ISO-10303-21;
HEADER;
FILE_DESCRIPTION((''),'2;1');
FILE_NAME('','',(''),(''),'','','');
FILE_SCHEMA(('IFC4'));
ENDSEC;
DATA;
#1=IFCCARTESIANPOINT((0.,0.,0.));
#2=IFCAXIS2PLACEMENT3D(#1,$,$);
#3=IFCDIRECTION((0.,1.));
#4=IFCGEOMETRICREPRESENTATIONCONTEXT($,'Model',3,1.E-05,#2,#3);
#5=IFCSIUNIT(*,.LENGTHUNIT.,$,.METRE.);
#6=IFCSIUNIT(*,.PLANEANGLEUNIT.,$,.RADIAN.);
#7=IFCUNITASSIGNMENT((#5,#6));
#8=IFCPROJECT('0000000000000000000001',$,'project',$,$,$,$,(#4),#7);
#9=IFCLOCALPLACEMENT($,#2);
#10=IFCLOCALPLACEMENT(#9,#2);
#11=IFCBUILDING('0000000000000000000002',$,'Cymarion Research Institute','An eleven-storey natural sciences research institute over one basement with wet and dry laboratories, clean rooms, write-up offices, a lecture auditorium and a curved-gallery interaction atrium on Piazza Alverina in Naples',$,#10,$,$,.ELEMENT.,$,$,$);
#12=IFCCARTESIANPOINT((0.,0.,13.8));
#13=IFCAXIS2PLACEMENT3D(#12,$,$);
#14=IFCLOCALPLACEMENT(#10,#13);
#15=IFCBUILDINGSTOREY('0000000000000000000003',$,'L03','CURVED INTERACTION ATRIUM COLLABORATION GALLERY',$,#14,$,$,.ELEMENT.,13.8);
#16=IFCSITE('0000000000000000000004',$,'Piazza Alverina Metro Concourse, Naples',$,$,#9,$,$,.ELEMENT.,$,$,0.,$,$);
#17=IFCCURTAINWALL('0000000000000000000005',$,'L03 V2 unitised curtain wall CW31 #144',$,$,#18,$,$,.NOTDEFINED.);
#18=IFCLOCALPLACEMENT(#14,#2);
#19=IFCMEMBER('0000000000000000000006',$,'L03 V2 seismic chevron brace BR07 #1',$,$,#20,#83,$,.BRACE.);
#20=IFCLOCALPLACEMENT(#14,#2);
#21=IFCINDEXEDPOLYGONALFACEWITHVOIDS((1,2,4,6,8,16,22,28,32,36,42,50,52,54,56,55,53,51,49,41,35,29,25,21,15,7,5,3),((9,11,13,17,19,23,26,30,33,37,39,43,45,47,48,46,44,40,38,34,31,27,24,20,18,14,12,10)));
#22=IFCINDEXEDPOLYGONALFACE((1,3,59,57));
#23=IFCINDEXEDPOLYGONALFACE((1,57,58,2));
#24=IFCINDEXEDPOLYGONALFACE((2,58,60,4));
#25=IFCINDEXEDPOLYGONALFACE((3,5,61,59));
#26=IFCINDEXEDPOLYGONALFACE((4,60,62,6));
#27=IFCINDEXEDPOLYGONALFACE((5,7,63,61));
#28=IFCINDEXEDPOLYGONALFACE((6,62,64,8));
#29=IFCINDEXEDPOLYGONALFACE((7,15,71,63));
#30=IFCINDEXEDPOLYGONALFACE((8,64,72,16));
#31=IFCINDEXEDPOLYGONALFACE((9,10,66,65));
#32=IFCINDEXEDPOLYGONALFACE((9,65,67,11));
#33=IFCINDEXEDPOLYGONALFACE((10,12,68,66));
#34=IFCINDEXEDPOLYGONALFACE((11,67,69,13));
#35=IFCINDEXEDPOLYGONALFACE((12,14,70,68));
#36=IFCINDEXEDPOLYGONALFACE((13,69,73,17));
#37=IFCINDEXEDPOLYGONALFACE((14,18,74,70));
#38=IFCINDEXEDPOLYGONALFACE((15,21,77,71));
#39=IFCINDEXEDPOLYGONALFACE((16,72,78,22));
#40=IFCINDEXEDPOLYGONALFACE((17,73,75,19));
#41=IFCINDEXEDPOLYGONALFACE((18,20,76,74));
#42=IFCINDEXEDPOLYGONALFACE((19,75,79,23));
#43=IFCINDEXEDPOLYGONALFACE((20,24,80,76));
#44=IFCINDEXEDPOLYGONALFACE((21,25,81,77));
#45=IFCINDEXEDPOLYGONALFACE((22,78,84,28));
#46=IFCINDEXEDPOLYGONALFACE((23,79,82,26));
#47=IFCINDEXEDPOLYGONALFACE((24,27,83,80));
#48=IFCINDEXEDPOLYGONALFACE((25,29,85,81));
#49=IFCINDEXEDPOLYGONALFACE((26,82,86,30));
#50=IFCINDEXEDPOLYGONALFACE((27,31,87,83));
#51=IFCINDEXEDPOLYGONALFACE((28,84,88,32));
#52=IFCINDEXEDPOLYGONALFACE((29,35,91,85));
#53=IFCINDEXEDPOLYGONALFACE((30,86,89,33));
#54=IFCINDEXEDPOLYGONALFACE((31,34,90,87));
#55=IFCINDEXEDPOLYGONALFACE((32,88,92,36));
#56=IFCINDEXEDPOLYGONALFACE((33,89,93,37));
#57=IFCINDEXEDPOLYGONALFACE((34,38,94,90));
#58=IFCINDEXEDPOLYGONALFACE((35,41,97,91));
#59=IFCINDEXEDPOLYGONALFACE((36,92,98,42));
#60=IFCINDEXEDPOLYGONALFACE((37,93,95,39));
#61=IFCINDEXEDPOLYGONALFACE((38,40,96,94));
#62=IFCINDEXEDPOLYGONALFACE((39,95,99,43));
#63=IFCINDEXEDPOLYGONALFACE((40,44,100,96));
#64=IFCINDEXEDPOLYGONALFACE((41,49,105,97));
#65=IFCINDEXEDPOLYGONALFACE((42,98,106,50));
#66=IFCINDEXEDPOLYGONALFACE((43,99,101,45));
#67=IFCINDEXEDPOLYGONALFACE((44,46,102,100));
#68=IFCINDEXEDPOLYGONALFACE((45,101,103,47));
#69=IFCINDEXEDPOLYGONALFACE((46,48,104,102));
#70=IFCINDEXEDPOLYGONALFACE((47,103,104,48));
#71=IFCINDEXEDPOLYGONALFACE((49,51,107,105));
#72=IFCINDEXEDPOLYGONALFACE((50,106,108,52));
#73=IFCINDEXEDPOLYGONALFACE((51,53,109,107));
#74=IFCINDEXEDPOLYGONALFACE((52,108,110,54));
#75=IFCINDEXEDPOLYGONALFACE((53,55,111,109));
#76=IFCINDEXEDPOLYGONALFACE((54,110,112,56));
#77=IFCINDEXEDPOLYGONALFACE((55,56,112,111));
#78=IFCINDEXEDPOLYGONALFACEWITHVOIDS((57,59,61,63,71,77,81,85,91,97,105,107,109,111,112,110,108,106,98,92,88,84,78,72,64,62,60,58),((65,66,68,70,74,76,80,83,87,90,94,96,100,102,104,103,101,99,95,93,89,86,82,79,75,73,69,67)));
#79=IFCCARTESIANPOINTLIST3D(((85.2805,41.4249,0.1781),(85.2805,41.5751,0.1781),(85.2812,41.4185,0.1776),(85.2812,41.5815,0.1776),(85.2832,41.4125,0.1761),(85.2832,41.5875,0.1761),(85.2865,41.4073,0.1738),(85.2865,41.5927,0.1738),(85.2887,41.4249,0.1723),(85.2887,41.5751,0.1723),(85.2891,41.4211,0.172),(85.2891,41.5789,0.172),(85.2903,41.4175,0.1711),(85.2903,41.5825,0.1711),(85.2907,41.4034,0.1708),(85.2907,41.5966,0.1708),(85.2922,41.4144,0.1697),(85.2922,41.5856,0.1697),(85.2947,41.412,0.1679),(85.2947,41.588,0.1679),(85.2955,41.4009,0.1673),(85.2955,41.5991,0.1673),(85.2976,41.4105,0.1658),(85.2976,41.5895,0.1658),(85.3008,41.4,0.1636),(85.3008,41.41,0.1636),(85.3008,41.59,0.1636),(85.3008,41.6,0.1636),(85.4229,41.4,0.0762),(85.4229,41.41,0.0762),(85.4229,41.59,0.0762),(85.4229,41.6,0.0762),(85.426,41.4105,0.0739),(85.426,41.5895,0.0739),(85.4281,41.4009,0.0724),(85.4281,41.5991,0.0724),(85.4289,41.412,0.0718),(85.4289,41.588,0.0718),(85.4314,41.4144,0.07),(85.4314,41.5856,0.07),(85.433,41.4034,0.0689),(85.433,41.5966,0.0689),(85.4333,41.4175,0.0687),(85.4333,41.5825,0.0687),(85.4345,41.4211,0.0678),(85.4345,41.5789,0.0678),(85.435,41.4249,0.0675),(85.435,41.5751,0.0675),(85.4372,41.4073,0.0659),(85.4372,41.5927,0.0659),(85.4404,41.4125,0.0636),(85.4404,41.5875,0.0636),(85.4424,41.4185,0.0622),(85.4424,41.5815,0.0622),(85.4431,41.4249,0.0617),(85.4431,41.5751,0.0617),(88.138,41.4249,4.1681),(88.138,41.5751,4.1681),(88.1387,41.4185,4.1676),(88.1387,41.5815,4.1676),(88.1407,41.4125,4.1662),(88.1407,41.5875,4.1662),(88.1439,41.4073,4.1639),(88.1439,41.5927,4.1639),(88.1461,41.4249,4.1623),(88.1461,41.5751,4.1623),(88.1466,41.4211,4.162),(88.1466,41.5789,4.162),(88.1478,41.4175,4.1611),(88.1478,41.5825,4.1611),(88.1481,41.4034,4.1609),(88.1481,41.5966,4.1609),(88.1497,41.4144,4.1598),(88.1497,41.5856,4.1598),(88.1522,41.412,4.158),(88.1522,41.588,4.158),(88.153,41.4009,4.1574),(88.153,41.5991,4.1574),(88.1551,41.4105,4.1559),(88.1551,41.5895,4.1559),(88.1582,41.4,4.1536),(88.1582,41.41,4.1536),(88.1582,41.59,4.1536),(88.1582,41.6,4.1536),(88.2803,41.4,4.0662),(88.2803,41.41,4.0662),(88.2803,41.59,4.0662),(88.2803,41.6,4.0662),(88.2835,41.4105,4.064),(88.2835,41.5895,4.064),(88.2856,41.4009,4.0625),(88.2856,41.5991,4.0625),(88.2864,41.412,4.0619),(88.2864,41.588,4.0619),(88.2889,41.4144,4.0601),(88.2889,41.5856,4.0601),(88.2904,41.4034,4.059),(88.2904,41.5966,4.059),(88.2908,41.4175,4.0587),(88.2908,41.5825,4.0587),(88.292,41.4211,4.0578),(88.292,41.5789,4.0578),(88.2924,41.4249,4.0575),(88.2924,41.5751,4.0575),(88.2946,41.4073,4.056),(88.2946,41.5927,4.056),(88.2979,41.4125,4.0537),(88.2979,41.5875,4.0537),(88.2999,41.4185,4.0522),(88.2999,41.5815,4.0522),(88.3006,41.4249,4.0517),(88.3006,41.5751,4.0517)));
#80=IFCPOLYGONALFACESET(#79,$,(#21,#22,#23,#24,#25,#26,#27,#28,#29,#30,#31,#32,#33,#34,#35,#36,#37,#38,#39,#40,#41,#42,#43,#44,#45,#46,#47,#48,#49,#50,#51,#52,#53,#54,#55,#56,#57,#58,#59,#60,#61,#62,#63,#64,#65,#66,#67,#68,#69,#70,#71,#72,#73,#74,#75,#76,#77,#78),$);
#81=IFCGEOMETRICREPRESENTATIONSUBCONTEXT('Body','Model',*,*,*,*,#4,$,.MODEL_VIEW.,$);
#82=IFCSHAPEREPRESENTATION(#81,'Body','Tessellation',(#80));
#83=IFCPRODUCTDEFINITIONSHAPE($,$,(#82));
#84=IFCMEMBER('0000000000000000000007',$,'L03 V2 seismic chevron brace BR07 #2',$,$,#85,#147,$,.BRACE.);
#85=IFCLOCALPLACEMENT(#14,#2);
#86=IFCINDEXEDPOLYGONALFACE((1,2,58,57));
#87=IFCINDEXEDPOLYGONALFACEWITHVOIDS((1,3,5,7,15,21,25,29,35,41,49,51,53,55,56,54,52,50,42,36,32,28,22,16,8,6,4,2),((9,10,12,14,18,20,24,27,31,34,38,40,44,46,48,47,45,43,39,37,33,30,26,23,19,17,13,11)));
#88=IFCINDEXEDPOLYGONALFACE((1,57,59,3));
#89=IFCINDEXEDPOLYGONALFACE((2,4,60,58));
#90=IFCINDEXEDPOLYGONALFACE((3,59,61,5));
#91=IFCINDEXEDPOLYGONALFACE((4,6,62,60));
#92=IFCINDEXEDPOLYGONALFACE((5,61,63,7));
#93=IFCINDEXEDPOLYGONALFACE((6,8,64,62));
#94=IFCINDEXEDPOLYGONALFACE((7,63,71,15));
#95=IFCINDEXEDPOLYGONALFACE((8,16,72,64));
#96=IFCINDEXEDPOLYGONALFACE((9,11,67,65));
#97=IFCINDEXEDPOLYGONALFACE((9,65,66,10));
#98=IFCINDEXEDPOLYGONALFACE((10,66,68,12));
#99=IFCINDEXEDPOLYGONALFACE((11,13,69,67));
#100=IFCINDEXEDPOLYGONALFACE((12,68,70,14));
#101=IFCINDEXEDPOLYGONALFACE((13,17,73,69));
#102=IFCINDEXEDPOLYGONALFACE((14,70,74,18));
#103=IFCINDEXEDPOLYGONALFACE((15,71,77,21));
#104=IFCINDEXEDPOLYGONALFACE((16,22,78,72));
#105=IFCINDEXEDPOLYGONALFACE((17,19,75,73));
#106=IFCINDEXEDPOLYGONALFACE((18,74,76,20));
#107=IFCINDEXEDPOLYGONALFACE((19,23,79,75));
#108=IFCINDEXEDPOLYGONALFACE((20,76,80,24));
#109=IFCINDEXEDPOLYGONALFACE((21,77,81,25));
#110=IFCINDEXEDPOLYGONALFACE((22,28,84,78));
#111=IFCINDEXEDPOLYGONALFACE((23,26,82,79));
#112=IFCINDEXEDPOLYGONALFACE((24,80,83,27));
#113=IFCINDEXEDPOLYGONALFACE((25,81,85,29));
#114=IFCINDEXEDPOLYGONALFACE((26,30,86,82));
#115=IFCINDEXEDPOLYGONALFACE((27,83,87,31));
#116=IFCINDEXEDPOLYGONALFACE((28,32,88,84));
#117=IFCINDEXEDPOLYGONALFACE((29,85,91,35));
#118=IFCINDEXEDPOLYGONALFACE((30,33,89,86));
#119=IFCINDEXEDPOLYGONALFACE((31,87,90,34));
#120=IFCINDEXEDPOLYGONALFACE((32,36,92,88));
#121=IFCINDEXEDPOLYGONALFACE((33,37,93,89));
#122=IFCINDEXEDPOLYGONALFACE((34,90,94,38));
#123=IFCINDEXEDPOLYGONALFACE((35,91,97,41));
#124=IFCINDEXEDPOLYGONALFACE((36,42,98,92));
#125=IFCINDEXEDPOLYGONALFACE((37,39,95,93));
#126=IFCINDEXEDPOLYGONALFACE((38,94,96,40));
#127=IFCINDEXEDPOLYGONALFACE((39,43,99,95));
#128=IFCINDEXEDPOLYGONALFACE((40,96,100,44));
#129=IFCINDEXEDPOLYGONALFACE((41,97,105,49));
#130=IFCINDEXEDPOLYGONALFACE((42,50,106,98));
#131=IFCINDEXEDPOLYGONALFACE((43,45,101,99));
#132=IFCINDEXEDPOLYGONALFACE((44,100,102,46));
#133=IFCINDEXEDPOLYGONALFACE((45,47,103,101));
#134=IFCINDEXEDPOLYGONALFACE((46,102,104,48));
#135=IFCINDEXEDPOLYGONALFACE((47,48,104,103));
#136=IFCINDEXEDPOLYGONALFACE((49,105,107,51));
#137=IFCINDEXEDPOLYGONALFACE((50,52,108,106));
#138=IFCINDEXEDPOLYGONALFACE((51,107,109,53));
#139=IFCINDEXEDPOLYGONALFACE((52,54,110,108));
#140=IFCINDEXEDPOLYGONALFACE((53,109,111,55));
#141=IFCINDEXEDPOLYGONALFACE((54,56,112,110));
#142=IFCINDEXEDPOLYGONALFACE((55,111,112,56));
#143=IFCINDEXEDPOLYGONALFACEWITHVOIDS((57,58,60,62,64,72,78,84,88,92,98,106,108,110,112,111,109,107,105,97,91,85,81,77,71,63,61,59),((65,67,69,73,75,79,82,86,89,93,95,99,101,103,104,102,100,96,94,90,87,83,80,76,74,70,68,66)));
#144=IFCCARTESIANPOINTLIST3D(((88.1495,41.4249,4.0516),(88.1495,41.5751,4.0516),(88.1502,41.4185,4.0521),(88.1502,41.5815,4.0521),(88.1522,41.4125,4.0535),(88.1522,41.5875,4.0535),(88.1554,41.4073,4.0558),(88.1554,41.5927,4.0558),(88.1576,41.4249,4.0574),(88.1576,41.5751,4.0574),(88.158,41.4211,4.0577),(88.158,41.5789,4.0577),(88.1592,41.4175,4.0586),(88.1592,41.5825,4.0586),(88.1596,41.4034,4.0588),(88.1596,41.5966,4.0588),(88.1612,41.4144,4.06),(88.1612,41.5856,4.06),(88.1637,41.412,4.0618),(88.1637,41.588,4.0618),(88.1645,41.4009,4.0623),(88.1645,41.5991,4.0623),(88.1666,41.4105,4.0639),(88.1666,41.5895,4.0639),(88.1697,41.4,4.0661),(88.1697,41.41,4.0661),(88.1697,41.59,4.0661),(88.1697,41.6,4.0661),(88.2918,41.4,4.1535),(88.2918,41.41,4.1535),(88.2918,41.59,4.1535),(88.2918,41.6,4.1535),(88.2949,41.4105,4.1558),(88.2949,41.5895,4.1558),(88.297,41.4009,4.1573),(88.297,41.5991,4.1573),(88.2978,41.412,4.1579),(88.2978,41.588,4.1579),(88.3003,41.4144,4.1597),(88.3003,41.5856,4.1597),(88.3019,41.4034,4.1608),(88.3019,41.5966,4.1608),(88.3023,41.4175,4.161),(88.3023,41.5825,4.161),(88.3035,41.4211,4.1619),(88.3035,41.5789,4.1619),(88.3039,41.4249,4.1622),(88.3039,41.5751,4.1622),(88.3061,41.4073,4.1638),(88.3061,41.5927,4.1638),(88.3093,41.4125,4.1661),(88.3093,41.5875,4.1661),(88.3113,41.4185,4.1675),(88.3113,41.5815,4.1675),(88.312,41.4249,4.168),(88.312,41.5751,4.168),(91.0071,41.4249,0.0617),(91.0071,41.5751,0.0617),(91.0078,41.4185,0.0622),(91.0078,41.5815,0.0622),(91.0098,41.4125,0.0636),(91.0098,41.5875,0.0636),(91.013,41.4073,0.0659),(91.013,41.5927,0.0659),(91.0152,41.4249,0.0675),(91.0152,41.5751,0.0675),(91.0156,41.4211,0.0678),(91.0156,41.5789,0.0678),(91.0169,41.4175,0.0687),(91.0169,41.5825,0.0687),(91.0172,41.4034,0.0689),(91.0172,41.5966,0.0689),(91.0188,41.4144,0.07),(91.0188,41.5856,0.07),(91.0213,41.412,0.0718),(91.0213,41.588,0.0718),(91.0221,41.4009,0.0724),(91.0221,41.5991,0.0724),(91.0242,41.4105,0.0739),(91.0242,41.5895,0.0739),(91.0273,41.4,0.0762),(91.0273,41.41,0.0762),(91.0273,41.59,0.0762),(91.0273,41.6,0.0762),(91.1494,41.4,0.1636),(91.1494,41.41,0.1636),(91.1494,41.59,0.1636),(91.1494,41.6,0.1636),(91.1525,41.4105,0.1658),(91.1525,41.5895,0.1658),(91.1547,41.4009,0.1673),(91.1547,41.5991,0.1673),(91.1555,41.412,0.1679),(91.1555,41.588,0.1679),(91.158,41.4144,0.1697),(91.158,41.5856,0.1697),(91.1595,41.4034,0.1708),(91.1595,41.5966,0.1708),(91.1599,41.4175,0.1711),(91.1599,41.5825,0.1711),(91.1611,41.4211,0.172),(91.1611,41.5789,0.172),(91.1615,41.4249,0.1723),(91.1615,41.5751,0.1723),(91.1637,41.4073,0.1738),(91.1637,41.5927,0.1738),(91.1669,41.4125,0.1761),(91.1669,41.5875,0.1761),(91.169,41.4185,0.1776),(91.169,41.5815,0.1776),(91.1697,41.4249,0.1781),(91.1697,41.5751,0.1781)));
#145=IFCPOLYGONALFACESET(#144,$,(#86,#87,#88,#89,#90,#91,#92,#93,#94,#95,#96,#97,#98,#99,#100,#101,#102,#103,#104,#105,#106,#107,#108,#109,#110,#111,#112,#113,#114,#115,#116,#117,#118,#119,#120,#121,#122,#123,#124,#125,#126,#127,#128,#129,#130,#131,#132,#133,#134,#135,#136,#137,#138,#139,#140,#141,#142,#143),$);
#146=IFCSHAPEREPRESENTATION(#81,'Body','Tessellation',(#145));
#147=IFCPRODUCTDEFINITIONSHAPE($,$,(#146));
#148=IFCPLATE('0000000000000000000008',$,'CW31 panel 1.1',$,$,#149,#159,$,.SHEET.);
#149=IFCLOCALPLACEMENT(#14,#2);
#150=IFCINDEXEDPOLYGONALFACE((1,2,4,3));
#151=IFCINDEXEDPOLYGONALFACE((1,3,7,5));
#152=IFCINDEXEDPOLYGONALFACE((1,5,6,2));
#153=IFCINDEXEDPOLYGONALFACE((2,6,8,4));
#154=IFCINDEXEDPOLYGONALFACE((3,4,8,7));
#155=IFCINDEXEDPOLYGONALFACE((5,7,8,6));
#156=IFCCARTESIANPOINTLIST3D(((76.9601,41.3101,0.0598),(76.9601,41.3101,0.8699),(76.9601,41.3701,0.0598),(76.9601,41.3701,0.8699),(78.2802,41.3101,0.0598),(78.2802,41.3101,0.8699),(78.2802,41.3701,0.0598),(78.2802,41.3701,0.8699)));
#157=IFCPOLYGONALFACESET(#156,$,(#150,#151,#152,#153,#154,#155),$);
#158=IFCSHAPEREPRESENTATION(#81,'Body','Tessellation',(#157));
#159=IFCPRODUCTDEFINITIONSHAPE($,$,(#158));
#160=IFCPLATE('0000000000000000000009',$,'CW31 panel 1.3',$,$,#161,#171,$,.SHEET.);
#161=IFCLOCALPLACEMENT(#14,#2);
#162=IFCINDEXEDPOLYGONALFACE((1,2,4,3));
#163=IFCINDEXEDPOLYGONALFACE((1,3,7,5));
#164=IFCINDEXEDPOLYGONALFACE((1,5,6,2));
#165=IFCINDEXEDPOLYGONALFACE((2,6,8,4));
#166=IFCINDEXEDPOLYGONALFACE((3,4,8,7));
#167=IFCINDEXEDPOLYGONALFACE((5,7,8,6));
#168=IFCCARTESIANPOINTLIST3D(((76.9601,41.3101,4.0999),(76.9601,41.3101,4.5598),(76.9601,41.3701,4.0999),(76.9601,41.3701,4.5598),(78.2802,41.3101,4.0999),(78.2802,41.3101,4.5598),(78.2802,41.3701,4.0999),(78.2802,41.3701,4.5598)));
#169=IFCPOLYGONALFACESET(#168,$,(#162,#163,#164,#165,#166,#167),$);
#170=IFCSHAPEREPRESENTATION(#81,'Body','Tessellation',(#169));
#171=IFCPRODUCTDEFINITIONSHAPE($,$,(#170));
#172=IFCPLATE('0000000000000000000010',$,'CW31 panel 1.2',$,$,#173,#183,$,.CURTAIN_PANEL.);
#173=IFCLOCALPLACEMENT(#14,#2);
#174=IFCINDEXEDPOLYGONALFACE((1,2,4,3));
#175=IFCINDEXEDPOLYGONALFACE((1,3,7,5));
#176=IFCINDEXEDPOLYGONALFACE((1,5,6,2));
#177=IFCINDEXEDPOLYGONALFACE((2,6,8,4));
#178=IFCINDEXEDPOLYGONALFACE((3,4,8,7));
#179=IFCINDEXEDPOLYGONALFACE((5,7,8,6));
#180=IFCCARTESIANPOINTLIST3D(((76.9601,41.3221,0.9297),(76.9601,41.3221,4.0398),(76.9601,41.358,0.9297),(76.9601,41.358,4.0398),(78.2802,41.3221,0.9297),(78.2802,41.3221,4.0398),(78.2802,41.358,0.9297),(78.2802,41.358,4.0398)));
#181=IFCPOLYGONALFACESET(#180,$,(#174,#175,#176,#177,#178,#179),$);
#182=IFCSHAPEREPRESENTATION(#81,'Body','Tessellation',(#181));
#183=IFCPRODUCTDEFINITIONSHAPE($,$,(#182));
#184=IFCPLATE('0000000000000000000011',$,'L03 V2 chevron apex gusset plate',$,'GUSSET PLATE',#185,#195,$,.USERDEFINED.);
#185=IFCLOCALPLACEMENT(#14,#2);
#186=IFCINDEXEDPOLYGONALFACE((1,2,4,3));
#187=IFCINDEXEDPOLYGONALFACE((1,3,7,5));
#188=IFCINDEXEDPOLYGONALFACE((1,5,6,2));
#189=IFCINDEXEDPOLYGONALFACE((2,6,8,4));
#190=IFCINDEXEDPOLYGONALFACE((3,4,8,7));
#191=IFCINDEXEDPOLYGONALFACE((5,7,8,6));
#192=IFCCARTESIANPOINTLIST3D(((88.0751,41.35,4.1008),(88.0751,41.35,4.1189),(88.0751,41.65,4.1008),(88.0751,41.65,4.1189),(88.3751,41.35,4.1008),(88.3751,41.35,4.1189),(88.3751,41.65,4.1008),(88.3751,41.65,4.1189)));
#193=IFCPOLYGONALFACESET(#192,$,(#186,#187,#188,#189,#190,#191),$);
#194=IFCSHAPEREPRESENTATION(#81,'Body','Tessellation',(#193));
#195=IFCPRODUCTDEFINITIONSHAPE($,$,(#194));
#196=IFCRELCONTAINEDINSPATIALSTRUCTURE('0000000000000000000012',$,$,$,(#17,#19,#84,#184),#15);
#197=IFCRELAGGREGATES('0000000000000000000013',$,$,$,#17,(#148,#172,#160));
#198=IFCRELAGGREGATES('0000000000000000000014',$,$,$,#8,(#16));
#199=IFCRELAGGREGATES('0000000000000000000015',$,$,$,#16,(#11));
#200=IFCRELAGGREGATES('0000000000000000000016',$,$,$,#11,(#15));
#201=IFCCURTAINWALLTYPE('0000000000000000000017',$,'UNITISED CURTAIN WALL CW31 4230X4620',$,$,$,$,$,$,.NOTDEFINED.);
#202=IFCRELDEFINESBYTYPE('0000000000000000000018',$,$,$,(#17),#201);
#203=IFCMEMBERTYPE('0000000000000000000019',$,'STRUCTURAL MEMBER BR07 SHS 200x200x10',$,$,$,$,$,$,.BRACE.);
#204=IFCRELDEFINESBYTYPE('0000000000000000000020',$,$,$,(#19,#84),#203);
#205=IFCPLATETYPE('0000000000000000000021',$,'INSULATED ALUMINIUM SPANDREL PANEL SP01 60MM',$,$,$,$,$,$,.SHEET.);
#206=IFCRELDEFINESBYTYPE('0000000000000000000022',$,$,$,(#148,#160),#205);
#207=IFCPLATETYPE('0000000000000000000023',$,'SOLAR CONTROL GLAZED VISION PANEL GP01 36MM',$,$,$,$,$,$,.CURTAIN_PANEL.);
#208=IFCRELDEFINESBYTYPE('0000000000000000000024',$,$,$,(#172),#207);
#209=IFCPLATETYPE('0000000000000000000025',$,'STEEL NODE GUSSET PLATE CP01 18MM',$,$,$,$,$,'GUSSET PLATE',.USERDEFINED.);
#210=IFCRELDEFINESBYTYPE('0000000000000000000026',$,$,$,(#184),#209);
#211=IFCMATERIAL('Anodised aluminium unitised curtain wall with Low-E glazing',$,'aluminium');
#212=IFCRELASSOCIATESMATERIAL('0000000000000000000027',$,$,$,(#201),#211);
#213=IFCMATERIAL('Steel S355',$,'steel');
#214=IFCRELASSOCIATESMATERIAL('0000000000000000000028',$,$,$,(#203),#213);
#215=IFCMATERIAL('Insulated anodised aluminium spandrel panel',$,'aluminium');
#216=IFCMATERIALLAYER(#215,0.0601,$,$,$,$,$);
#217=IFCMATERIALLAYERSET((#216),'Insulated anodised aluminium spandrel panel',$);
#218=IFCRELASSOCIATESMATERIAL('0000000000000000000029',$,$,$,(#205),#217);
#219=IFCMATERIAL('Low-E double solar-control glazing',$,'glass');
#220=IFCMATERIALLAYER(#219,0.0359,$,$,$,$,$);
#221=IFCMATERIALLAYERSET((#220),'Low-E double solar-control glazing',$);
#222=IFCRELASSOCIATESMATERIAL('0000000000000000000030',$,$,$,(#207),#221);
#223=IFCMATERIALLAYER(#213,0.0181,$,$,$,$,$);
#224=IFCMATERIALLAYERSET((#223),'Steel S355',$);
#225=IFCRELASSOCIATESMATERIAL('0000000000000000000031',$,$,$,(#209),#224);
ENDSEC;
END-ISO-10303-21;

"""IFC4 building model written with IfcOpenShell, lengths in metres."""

from ifc_helpers import new_model, si_unit, direction, frame, origin, origin_2d, place, context, subcontext, project, spatial, rectangle, hollow_rectangle, extrude, material, layer, layer_set, material_profile, profile_set, type_object, element, aggregate, save


model = new_model("IFC4")

# Units and contexts
model_context = context("Model", 3, precision=1e-05, world=origin(), true_north=direction((0.0, 1.0)))
body_context = subcontext(model_context, "Body", "Model", "MODEL_VIEW")
ifc_project = project(units=[si_unit("LENGTHUNIT", "METRE"), si_unit("PLANEANGLEUNIT", "RADIAN")], contexts=[model_context])

# Site, building, storey
site_placement = place(None, origin())
site = spatial("IfcSite", under=ifc_project, at=site_placement, Name="Piazza Alverina Metro Concourse, Naples", CompositionType="ELEMENT", RefElevation=0.0)
building_placement = place(site_placement, origin())
building = spatial("IfcBuilding", under=site, at=building_placement, Name="Cymarion Research Institute", Description="An eleven-storey natural sciences research institute over one basement with wet and dry laboratories, clean rooms, write-up offices, a lecture auditorium and a curved-gallery interaction atrium on Piazza Alverina in Naples", CompositionType="ELEMENT")
storey_placement = place(building_placement, frame((0.0, 0.0, 13.8)))
storey = spatial("IfcBuildingStorey", under=building, at=storey_placement, Name="L03", Description="CURVED INTERACTION ATRIUM COLLABORATION GALLERY", CompositionType="ELEMENT", Elevation=13.8)

# Shared definitions
ifc_material_1 = material(Name="Steel S355", Category="steel")

# Curtain wall
ifc_material_2 = material(Name="Anodised aluminium unitised curtain wall with Low-E glazing", Category="aluminium")
curtain_wall_type = type_object("IfcCurtainWallType", Name="UNITISED CURTAIN WALL CW31 4230X4620", PredefinedType="NOTDEFINED", material=ifc_material_2)
curtain_wall_placement = place(storey_placement, origin())
curtain_wall = element("IfcCurtainWall", 1, at=curtain_wall_placement, inside=storey, type_object=curtain_wall_type, Name="L03 V2 unitised curtain wall CW31 #144", PredefinedType="NOTDEFINED")

# Members
ifc_material_profile_1 = material_profile(ifc_material_1, hollow_rectangle(XDim=0.2, YDim=0.2, WallThickness=0.01, InnerFilletRadius=0.0149, OuterFilletRadius=0.0249, at=origin_2d()), Name="SHS 200x200x10")
ifc_profile_set_1 = profile_set([ifc_material_profile_1], Name="Steel S355")
member_type_1 = type_object("IfcMemberType", Name="STRUCTURAL MEMBER BR07 SHS 200x200x10", PredefinedType="BRACE", material=ifc_profile_set_1)
for number, where, z_axis, x_axis, name in (
    (2, (85.3618, 41.5, 0.1199), (0.58224, 0.0, 0.813017), (0.0, 1.0, 0.0), "L03 V2 seismic chevron brace BR07 #1"),
    (3, (91.0884, 41.5, 0.1199), (-0.582273, 0.0, 0.812993), (0.0, -1.0, 0.0), "L03 V2 seismic chevron brace BR07 #2"),
):
    element("IfcMember", number, at=place(storey_placement, frame(where, z_axis=z_axis, x_axis=x_axis)), inside=storey, type_object=member_type_1, Name=name, PredefinedType="BRACE", context=body_context, shape_type="SweptSolid", body=[
        extrude(hollow_rectangle(XDim=0.2, YDim=0.2, WallThickness=0.01, InnerFilletRadius=0.0149, OuterFilletRadius=0.0249, at=origin_2d()), origin(), (0.0, 0.0, 1.0), 4.9077),
    ])

# Plates
ifc_material_3 = material(Name="Insulated anodised aluminium spandrel panel", Category="aluminium")
ifc_layer_1 = layer(ifc_material_3, 0.0601)
ifc_layer_set_1 = layer_set([ifc_layer_1], Name="Insulated anodised aluminium spandrel panel")
plate_type_1 = type_object("IfcPlateType", Name="INSULATED ALUMINIUM SPANDREL PANEL SP01 60MM", PredefinedType="SHEET", material=ifc_layer_set_1)
plate_1_placement = place(storey_placement, frame((77.6201, 41.3401, 0.0598), z_axis=(0.0, 0.0, 1.0), x_axis=(-1.0, 0.0, 0.0)))
plate_1 = element("IfcPlate", 4, at=plate_1_placement, type_object=plate_type_1, Name="CW31 panel 1.1", PredefinedType="SHEET", context=body_context, shape_type="SweptSolid", body=[
    extrude(rectangle(XDim=1.3201, YDim=0.0601, at=origin_2d()), origin(), (0.0, 0.0, 1.0), 0.8101),
])
plate_2_placement = place(storey_placement, frame((77.6201, 41.3401, 4.0999), z_axis=(0.0, 0.0, 1.0), x_axis=(-1.0, 0.0, 0.0)))
plate_2 = element("IfcPlate", 5, at=plate_2_placement, type_object=plate_type_1, Name="CW31 panel 1.3", PredefinedType="SHEET", context=body_context, shape_type="SweptSolid", body=[
    extrude(rectangle(XDim=1.3201, YDim=0.0601, at=origin_2d()), origin(), (0.0, 0.0, 1.0), 0.46),
])
ifc_material_4 = material(Name="Low-E double solar-control glazing", Category="glass")
ifc_layer_2 = layer(ifc_material_4, 0.0359)
ifc_layer_set_2 = layer_set([ifc_layer_2], Name="Low-E double solar-control glazing")
plate_type_2 = type_object("IfcPlateType", Name="SOLAR CONTROL GLAZED VISION PANEL GP01 36MM", PredefinedType="CURTAIN_PANEL", material=ifc_layer_set_2)
plate_3_placement = place(storey_placement, frame((77.6201, 41.3401, 0.9297), z_axis=(0.0, 0.0, 1.0), x_axis=(-1.0, 0.0, 0.0)))
plate_3 = element("IfcPlate", 6, at=plate_3_placement, type_object=plate_type_2, Name="CW31 panel 1.2", PredefinedType="CURTAIN_PANEL", context=body_context, shape_type="SweptSolid", body=[
    extrude(rectangle(XDim=1.3201, YDim=0.0359, at=origin_2d()), origin(), (0.0, 0.0, 1.0), 3.1101),
])
aggregate(curtain_wall, [plate_1, plate_3, plate_2])

# Plate
ifc_layer_3 = layer(ifc_material_1, 0.0181)
ifc_layer_set_3 = layer_set([ifc_layer_3], Name="Steel S355")
plate_type_3 = type_object("IfcPlateType", Name="STEEL NODE GUSSET PLATE CP01 18MM", ElementType="GUSSET PLATE", PredefinedType="USERDEFINED", material=ifc_layer_set_3)
plate_4_placement = place(storey_placement, frame((88.2251, 41.5, 4.1008), z_axis=(0.0, 0.0, 1.0), x_axis=(1.0, 0.0, 0.0)))
element("IfcPlate", 7, at=plate_4_placement, inside=storey, type_object=plate_type_3, Name="L03 V2 chevron apex gusset plate", ObjectType="GUSSET PLATE", PredefinedType="USERDEFINED", context=body_context, shape_type="SweptSolid", body=[
    extrude(rectangle(XDim=0.3, YDim=0.3, at=origin_2d()), origin(), (0.0, 0.0, 1.0), 0.0181),
])

save(model, "model.ifc")
